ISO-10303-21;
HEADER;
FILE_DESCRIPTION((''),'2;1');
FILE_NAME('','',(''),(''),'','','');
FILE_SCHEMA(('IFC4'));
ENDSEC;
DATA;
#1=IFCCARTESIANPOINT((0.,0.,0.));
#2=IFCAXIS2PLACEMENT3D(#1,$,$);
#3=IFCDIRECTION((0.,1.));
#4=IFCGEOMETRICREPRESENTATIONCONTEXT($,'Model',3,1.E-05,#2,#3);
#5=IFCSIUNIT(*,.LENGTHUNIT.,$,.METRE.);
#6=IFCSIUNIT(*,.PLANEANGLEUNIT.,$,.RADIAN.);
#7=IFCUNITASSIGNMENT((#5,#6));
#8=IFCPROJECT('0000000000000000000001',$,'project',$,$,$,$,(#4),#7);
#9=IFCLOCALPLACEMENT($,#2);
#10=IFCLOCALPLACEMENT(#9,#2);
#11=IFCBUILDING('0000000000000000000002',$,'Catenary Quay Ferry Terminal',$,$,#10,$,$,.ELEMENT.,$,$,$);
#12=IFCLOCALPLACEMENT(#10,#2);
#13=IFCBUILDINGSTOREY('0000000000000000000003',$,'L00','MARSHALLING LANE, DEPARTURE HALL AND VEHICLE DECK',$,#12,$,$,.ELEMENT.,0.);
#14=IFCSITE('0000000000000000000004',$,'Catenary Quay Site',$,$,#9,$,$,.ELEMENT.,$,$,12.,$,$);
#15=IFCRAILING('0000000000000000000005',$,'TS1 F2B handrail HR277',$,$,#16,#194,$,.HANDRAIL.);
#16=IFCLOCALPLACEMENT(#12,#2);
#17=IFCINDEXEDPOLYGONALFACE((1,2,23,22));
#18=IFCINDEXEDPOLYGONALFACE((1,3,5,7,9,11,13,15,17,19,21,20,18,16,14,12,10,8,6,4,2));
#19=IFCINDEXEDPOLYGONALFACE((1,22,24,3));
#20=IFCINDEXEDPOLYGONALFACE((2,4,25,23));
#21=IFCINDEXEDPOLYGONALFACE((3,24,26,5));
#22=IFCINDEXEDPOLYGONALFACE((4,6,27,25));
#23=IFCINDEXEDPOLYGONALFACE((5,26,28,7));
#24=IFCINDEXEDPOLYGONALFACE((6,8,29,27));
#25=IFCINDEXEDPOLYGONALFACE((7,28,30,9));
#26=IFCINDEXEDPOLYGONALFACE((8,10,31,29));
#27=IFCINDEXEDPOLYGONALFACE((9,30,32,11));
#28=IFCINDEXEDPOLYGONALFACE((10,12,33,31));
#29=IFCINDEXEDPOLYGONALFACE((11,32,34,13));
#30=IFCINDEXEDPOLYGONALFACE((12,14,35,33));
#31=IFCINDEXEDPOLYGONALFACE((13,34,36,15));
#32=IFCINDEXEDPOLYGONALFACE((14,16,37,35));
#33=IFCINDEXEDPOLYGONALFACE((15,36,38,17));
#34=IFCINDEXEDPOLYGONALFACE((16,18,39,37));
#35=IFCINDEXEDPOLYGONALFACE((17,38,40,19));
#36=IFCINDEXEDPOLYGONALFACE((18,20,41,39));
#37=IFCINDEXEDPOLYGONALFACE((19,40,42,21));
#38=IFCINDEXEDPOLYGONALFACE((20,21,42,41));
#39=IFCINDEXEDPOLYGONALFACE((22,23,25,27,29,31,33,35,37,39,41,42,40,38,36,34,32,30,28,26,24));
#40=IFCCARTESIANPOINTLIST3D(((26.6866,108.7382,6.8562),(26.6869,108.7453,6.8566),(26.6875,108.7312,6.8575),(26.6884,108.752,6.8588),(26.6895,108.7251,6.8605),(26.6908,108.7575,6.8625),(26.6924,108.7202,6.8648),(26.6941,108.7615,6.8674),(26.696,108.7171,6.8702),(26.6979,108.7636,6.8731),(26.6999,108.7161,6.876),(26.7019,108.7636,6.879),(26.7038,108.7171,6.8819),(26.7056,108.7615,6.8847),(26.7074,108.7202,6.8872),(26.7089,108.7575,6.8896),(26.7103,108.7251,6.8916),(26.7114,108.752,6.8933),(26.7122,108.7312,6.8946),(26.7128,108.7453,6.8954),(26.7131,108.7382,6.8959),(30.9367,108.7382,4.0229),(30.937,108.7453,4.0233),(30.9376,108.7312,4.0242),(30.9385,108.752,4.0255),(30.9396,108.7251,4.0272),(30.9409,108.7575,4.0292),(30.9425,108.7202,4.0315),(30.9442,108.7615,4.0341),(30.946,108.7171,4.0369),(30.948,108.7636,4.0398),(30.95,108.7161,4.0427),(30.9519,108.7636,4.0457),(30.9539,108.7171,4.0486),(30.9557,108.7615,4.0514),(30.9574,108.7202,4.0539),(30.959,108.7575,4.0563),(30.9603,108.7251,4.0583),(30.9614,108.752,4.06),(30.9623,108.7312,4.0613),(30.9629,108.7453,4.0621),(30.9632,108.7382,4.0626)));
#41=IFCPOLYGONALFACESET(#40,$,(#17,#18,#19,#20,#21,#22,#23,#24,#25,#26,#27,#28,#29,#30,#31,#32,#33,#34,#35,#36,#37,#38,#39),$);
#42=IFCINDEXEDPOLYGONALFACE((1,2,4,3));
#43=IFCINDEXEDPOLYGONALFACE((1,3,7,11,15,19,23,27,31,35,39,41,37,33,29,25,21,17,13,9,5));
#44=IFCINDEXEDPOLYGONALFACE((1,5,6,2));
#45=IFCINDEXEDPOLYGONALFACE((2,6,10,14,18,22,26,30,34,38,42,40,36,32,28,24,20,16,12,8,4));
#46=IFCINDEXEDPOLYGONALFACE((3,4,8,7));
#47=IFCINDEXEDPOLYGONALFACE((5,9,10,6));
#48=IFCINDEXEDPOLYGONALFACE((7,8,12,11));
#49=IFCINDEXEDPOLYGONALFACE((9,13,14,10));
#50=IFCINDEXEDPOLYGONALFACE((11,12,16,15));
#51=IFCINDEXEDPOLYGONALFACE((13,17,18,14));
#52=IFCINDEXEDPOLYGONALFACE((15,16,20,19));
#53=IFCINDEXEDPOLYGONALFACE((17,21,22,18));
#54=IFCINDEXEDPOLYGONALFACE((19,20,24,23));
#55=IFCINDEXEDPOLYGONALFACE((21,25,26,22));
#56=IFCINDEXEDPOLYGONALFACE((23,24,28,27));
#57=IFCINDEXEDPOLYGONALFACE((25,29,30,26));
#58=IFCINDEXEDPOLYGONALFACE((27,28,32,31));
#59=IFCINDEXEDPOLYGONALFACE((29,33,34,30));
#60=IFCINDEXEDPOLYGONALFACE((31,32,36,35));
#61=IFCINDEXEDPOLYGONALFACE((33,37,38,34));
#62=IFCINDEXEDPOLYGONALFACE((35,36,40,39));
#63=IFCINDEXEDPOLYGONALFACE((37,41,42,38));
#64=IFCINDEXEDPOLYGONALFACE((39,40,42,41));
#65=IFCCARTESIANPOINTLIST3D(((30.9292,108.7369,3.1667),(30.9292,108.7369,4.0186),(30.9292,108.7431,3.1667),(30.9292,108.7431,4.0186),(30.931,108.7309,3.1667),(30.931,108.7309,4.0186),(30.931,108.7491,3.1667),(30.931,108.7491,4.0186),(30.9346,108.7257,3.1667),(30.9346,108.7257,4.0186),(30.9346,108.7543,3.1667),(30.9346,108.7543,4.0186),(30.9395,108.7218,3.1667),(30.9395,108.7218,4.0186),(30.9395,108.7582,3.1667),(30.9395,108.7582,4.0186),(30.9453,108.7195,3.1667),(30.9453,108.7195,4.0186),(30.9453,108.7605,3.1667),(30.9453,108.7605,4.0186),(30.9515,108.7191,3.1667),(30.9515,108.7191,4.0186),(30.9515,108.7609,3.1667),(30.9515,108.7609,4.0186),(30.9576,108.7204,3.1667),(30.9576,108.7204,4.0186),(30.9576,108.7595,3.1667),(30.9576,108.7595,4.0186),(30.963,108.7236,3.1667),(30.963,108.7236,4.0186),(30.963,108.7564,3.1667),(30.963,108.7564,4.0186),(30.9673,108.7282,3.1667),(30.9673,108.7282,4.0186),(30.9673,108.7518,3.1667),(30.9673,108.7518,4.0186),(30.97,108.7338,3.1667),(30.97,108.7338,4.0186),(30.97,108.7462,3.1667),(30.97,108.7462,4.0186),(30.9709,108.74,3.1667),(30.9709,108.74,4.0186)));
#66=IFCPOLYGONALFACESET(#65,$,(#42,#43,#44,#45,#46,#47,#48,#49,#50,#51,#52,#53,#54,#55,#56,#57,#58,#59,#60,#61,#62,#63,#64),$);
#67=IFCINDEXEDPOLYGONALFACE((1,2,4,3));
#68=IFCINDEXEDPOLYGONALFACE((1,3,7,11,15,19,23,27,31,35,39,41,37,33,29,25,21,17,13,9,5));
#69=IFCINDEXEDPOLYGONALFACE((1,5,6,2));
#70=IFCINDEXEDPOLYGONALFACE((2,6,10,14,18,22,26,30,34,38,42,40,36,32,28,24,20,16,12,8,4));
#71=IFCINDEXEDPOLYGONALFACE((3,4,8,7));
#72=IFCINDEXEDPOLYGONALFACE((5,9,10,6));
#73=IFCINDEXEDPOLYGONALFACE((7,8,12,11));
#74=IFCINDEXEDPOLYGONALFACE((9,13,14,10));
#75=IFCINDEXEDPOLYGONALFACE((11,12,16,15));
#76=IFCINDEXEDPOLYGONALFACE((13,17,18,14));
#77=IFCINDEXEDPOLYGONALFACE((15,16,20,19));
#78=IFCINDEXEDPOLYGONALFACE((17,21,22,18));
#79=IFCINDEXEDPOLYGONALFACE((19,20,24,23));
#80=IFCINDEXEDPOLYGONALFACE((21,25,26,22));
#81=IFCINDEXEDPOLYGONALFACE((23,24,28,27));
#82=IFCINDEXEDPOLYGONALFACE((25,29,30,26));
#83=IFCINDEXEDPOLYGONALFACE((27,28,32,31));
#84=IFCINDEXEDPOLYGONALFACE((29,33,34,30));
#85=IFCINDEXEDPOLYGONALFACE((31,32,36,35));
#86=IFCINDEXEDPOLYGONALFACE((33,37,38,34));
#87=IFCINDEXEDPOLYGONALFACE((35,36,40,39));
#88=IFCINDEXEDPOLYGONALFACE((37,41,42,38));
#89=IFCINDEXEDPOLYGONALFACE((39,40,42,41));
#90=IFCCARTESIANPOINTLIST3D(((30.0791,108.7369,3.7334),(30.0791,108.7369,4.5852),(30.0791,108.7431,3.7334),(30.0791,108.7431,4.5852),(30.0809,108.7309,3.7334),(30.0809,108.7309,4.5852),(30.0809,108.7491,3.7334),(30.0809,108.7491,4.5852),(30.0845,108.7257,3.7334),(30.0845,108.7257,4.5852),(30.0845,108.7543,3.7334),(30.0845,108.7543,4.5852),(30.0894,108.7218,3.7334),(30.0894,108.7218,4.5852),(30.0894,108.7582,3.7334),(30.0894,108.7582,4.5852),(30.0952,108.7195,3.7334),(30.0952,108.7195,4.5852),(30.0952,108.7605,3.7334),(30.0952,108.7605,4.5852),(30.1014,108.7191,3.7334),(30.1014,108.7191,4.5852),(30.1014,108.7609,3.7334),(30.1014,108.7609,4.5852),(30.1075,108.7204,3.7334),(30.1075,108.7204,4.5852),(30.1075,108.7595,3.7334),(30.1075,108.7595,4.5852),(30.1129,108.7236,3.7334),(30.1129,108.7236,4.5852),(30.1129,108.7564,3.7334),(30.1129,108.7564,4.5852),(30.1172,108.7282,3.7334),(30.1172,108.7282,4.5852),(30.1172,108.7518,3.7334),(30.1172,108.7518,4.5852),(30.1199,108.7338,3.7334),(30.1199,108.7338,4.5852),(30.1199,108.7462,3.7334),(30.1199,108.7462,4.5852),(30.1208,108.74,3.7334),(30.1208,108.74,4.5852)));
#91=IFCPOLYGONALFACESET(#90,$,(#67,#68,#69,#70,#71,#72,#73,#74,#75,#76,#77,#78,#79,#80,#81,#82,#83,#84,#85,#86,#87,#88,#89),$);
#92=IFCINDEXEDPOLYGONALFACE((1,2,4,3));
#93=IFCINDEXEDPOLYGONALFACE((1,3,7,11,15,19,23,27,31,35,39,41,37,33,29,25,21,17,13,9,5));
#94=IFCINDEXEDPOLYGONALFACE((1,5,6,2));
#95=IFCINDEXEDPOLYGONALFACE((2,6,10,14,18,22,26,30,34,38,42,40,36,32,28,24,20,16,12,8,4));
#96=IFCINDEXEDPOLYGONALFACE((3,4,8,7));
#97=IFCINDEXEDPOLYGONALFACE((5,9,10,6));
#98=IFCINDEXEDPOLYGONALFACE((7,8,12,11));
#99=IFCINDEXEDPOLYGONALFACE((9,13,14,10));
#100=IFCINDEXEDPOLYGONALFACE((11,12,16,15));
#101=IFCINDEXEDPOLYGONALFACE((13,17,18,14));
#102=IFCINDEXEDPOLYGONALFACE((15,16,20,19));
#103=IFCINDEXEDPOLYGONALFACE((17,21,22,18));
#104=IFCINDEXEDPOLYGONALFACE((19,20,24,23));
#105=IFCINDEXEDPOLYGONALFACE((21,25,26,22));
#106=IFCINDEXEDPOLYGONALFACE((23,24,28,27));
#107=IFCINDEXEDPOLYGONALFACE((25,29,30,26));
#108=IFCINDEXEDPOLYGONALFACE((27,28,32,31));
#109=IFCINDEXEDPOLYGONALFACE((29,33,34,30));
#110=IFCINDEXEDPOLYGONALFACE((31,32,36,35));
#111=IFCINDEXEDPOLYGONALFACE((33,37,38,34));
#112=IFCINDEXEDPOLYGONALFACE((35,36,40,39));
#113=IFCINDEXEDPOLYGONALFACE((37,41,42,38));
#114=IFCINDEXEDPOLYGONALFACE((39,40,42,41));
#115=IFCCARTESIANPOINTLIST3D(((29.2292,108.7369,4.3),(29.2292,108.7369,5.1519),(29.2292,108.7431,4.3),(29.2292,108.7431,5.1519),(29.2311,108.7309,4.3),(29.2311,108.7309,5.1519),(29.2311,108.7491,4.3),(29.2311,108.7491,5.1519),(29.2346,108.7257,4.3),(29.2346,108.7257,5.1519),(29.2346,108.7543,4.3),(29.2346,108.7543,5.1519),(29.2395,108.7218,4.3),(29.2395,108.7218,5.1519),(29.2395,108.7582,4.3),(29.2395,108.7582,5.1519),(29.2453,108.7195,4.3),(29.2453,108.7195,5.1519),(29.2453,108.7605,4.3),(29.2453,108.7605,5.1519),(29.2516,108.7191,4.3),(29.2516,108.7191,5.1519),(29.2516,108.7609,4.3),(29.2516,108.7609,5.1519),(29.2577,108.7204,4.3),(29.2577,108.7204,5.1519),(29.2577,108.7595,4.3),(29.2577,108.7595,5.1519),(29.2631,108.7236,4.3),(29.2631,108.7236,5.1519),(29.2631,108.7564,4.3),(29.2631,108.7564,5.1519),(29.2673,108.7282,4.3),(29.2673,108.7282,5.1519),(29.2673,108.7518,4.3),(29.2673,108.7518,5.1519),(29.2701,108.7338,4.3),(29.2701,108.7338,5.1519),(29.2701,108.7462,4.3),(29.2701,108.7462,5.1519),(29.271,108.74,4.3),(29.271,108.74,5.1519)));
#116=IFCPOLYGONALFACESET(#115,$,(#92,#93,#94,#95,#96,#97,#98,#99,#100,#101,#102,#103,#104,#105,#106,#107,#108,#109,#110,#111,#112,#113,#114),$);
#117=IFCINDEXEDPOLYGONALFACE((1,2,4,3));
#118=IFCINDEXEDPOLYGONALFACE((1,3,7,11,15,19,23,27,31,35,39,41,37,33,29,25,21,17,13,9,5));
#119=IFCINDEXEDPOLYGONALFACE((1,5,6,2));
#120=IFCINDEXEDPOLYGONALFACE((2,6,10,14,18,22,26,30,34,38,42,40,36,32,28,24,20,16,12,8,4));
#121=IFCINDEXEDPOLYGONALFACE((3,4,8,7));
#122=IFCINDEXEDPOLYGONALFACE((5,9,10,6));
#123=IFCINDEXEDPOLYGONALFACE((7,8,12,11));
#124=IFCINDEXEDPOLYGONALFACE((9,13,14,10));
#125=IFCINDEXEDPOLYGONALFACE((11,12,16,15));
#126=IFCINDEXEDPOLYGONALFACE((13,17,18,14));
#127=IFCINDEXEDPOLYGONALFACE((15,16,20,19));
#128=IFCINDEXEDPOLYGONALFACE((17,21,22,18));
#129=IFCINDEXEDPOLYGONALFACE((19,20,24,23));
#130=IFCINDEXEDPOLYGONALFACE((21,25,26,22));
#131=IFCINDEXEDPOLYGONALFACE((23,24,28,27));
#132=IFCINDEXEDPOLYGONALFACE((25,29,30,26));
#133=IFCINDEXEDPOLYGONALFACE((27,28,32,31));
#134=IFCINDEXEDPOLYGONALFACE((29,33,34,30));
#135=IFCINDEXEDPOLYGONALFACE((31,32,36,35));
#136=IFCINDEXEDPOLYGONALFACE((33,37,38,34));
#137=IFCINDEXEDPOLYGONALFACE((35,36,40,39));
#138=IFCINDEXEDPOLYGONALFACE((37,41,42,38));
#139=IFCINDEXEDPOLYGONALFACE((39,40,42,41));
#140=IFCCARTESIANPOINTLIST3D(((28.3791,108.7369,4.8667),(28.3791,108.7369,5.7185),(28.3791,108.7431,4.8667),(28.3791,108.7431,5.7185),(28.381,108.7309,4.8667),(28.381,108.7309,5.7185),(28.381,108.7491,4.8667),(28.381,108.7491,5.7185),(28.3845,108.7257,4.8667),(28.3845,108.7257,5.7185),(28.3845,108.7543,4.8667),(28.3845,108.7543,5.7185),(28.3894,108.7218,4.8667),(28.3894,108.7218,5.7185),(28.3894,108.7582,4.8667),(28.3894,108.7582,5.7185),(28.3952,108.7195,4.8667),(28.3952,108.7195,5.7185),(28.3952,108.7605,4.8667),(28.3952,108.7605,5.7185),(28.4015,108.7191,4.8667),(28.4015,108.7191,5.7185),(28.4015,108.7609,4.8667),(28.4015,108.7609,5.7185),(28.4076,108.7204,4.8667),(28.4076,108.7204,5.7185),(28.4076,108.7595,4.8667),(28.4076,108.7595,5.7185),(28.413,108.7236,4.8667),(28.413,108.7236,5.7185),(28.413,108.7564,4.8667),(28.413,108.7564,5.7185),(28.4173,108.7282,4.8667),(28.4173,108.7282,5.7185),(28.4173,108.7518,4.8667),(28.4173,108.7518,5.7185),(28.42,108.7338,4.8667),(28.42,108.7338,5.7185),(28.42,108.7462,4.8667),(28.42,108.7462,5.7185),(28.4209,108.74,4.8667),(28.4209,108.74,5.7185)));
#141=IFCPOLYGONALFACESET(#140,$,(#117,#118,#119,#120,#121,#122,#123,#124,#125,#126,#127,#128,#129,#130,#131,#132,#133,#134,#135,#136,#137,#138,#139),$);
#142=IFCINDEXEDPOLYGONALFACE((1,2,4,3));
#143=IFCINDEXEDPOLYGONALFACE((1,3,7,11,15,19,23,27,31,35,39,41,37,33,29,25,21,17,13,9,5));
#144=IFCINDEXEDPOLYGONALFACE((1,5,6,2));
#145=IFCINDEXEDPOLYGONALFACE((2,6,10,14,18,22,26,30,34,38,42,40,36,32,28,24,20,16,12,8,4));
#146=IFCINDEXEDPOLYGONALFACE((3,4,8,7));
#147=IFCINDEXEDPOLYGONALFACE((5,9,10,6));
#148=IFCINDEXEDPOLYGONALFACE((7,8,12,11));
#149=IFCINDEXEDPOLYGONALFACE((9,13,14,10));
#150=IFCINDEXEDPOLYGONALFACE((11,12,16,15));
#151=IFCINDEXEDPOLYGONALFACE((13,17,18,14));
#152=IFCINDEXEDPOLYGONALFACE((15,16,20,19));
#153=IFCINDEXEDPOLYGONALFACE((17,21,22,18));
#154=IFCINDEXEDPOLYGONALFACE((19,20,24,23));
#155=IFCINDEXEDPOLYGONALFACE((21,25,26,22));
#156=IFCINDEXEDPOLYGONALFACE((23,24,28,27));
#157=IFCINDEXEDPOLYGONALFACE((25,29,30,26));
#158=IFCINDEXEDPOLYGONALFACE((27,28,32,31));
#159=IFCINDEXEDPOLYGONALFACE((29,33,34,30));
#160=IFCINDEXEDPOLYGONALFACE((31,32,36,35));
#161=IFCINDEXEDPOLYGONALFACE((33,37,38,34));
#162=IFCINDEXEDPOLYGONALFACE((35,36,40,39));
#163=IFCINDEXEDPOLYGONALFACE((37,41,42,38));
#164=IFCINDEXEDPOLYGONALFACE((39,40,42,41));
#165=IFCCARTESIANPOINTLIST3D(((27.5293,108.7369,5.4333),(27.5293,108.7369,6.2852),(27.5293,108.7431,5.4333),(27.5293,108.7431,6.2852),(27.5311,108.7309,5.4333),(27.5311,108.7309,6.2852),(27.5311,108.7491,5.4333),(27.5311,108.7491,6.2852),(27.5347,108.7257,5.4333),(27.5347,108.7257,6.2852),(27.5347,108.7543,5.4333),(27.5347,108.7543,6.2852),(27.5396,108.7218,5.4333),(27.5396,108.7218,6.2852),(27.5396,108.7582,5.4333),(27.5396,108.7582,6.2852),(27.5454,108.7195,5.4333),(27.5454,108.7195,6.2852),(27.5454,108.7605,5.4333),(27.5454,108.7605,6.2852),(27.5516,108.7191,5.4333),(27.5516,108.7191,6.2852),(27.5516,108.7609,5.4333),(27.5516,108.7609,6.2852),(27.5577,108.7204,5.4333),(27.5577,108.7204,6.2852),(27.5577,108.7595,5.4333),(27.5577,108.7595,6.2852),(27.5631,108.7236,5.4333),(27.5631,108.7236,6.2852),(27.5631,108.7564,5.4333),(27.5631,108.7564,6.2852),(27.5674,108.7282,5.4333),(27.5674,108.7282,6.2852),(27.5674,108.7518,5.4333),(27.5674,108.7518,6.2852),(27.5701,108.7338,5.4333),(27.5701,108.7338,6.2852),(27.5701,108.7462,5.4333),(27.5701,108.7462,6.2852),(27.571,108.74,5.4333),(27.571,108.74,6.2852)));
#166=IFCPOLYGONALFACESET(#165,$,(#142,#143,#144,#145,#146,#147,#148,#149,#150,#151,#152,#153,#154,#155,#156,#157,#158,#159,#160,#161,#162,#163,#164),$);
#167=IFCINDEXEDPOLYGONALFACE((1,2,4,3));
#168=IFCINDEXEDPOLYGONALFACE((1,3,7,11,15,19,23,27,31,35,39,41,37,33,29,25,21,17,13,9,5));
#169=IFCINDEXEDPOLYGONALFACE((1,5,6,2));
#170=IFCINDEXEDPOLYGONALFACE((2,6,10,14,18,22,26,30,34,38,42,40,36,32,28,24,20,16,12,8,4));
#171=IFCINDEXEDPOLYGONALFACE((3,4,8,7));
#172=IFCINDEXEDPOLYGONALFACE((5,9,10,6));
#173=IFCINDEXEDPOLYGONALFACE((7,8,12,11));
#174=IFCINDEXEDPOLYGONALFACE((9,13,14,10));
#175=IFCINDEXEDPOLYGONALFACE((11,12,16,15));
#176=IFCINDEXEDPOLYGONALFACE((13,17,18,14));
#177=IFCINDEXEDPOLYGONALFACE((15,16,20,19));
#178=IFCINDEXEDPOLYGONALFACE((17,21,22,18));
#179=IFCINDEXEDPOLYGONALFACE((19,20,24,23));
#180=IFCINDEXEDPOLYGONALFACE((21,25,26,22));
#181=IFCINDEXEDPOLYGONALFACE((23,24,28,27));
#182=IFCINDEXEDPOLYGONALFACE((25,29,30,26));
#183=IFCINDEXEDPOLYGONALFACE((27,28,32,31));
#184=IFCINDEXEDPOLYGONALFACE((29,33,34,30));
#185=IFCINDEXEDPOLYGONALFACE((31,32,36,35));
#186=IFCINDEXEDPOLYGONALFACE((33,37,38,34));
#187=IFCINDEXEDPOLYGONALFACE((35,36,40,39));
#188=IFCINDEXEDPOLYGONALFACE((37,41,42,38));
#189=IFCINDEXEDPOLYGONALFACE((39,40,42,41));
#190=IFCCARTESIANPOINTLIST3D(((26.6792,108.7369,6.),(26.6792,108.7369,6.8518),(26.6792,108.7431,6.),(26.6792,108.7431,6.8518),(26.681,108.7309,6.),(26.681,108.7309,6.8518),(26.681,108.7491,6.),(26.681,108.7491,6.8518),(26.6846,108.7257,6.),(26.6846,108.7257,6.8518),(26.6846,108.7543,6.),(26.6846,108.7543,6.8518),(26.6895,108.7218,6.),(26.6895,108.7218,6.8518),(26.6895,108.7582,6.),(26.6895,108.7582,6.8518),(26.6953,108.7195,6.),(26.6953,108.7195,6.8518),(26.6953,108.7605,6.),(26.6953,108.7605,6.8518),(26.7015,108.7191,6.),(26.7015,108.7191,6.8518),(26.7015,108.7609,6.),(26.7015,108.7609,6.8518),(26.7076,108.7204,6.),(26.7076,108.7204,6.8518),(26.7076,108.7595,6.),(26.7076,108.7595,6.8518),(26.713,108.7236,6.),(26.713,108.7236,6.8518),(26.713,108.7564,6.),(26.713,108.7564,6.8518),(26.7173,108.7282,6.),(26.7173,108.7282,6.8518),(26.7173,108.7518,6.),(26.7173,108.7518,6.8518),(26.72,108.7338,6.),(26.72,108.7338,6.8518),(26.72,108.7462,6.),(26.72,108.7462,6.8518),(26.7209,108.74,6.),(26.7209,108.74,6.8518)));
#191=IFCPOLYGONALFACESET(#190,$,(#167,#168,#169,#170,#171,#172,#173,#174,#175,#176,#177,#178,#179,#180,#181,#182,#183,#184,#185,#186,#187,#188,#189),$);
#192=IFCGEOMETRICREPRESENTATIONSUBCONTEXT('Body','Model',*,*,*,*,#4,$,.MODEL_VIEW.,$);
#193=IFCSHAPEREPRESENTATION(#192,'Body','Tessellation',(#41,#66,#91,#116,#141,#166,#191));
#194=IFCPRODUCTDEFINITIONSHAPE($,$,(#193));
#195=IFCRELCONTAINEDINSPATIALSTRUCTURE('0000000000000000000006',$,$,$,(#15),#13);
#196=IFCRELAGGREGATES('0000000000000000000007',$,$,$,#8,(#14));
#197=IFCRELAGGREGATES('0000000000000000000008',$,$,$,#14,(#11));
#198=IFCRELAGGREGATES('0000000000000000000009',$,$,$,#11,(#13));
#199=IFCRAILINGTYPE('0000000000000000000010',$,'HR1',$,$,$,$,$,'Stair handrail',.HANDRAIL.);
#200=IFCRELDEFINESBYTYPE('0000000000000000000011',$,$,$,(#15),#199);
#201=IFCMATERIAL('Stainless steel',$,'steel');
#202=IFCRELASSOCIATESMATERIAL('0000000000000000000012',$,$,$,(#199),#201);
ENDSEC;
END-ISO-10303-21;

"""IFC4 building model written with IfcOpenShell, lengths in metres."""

from ifc_helpers import new_model, si_unit, direction, frame, origin, origin_2d, place, context, subcontext, project, spatial, circle, extrude, material, type_object, element, save


model = new_model("IFC4")

# Units and contexts
model_context = context("Model", 3, precision=1e-05, world=origin(), true_north=direction((0.0, 1.0)))
body_context = subcontext(model_context, "Body", "Model", "MODEL_VIEW")
ifc_project = project(units=[si_unit("LENGTHUNIT", "METRE"), si_unit("PLANEANGLEUNIT", "RADIAN")], contexts=[model_context])

# Site, building, storey
site_placement = place(None, origin())
site = spatial("IfcSite", under=ifc_project, at=site_placement, Name="Catenary Quay Site", CompositionType="ELEMENT", RefElevation=12.0)
building_placement = place(site_placement, origin())
building = spatial("IfcBuilding", under=site, at=building_placement, Name="Catenary Quay Ferry Terminal", CompositionType="ELEMENT")
storey_placement = place(building_placement, origin())
storey = spatial("IfcBuildingStorey", under=building, at=storey_placement, Name="L00", Description="MARSHALLING LANE, DEPARTURE HALL AND VEHICLE DECK", CompositionType="ELEMENT", Elevation=0.0)

# Railing
ifc_material_1 = material(Name="Stainless steel", Category="steel")
railing_type_1 = type_object("IfcRailingType", Name="HR1", ElementType="Stair handrail", PredefinedType="HANDRAIL", material=ifc_material_1)
for number, where, name in (
    (1, (30.95, 108.74, 3.1667), "TS1 F2B handrail HR277"),
):
    element("IfcRailing", number, at=place(storey_placement, frame(where)), inside=storey, type_object=railing_type_1, Name=name, PredefinedType="HANDRAIL", context=body_context, shape_type="SweptSolid", body=[
        extrude(circle(Radius=0.0239, at=origin_2d()), frame((0.0, 0.0, 0.876), z_axis=(-0.832058, 0.0, 0.554689), x_axis=(0.0, -1.0, 0.0)), (0.0, 0.0, 1.0), 5.1079),
        extrude(circle(Radius=0.021, at=origin_2d()), origin(), (0.0, 0.0, 1.0), 0.8518),
        extrude(circle(Radius=0.021, at=origin_2d()), frame((-0.8501, 0.0, 0.5667)), (0.0, 0.0, 1.0), 0.8518),
        extrude(circle(Radius=0.021, at=origin_2d()), frame((-1.7, 0.0, 1.1333)), (0.0, 0.0, 1.0), 0.8518),
        extrude(circle(Radius=0.021, at=origin_2d()), frame((-2.55, 0.0, 1.7)), (0.0, 0.0, 1.0), 0.8518),
        extrude(circle(Radius=0.021, at=origin_2d()), frame((-3.3999, 0.0, 2.2666)), (0.0, 0.0, 1.0), 0.8518),
        extrude(circle(Radius=0.021, at=origin_2d()), frame((-4.25, 0.0, 2.8333)), (0.0, 0.0, 1.0), 0.8518),
    ])

save(model, "model.ifc")
